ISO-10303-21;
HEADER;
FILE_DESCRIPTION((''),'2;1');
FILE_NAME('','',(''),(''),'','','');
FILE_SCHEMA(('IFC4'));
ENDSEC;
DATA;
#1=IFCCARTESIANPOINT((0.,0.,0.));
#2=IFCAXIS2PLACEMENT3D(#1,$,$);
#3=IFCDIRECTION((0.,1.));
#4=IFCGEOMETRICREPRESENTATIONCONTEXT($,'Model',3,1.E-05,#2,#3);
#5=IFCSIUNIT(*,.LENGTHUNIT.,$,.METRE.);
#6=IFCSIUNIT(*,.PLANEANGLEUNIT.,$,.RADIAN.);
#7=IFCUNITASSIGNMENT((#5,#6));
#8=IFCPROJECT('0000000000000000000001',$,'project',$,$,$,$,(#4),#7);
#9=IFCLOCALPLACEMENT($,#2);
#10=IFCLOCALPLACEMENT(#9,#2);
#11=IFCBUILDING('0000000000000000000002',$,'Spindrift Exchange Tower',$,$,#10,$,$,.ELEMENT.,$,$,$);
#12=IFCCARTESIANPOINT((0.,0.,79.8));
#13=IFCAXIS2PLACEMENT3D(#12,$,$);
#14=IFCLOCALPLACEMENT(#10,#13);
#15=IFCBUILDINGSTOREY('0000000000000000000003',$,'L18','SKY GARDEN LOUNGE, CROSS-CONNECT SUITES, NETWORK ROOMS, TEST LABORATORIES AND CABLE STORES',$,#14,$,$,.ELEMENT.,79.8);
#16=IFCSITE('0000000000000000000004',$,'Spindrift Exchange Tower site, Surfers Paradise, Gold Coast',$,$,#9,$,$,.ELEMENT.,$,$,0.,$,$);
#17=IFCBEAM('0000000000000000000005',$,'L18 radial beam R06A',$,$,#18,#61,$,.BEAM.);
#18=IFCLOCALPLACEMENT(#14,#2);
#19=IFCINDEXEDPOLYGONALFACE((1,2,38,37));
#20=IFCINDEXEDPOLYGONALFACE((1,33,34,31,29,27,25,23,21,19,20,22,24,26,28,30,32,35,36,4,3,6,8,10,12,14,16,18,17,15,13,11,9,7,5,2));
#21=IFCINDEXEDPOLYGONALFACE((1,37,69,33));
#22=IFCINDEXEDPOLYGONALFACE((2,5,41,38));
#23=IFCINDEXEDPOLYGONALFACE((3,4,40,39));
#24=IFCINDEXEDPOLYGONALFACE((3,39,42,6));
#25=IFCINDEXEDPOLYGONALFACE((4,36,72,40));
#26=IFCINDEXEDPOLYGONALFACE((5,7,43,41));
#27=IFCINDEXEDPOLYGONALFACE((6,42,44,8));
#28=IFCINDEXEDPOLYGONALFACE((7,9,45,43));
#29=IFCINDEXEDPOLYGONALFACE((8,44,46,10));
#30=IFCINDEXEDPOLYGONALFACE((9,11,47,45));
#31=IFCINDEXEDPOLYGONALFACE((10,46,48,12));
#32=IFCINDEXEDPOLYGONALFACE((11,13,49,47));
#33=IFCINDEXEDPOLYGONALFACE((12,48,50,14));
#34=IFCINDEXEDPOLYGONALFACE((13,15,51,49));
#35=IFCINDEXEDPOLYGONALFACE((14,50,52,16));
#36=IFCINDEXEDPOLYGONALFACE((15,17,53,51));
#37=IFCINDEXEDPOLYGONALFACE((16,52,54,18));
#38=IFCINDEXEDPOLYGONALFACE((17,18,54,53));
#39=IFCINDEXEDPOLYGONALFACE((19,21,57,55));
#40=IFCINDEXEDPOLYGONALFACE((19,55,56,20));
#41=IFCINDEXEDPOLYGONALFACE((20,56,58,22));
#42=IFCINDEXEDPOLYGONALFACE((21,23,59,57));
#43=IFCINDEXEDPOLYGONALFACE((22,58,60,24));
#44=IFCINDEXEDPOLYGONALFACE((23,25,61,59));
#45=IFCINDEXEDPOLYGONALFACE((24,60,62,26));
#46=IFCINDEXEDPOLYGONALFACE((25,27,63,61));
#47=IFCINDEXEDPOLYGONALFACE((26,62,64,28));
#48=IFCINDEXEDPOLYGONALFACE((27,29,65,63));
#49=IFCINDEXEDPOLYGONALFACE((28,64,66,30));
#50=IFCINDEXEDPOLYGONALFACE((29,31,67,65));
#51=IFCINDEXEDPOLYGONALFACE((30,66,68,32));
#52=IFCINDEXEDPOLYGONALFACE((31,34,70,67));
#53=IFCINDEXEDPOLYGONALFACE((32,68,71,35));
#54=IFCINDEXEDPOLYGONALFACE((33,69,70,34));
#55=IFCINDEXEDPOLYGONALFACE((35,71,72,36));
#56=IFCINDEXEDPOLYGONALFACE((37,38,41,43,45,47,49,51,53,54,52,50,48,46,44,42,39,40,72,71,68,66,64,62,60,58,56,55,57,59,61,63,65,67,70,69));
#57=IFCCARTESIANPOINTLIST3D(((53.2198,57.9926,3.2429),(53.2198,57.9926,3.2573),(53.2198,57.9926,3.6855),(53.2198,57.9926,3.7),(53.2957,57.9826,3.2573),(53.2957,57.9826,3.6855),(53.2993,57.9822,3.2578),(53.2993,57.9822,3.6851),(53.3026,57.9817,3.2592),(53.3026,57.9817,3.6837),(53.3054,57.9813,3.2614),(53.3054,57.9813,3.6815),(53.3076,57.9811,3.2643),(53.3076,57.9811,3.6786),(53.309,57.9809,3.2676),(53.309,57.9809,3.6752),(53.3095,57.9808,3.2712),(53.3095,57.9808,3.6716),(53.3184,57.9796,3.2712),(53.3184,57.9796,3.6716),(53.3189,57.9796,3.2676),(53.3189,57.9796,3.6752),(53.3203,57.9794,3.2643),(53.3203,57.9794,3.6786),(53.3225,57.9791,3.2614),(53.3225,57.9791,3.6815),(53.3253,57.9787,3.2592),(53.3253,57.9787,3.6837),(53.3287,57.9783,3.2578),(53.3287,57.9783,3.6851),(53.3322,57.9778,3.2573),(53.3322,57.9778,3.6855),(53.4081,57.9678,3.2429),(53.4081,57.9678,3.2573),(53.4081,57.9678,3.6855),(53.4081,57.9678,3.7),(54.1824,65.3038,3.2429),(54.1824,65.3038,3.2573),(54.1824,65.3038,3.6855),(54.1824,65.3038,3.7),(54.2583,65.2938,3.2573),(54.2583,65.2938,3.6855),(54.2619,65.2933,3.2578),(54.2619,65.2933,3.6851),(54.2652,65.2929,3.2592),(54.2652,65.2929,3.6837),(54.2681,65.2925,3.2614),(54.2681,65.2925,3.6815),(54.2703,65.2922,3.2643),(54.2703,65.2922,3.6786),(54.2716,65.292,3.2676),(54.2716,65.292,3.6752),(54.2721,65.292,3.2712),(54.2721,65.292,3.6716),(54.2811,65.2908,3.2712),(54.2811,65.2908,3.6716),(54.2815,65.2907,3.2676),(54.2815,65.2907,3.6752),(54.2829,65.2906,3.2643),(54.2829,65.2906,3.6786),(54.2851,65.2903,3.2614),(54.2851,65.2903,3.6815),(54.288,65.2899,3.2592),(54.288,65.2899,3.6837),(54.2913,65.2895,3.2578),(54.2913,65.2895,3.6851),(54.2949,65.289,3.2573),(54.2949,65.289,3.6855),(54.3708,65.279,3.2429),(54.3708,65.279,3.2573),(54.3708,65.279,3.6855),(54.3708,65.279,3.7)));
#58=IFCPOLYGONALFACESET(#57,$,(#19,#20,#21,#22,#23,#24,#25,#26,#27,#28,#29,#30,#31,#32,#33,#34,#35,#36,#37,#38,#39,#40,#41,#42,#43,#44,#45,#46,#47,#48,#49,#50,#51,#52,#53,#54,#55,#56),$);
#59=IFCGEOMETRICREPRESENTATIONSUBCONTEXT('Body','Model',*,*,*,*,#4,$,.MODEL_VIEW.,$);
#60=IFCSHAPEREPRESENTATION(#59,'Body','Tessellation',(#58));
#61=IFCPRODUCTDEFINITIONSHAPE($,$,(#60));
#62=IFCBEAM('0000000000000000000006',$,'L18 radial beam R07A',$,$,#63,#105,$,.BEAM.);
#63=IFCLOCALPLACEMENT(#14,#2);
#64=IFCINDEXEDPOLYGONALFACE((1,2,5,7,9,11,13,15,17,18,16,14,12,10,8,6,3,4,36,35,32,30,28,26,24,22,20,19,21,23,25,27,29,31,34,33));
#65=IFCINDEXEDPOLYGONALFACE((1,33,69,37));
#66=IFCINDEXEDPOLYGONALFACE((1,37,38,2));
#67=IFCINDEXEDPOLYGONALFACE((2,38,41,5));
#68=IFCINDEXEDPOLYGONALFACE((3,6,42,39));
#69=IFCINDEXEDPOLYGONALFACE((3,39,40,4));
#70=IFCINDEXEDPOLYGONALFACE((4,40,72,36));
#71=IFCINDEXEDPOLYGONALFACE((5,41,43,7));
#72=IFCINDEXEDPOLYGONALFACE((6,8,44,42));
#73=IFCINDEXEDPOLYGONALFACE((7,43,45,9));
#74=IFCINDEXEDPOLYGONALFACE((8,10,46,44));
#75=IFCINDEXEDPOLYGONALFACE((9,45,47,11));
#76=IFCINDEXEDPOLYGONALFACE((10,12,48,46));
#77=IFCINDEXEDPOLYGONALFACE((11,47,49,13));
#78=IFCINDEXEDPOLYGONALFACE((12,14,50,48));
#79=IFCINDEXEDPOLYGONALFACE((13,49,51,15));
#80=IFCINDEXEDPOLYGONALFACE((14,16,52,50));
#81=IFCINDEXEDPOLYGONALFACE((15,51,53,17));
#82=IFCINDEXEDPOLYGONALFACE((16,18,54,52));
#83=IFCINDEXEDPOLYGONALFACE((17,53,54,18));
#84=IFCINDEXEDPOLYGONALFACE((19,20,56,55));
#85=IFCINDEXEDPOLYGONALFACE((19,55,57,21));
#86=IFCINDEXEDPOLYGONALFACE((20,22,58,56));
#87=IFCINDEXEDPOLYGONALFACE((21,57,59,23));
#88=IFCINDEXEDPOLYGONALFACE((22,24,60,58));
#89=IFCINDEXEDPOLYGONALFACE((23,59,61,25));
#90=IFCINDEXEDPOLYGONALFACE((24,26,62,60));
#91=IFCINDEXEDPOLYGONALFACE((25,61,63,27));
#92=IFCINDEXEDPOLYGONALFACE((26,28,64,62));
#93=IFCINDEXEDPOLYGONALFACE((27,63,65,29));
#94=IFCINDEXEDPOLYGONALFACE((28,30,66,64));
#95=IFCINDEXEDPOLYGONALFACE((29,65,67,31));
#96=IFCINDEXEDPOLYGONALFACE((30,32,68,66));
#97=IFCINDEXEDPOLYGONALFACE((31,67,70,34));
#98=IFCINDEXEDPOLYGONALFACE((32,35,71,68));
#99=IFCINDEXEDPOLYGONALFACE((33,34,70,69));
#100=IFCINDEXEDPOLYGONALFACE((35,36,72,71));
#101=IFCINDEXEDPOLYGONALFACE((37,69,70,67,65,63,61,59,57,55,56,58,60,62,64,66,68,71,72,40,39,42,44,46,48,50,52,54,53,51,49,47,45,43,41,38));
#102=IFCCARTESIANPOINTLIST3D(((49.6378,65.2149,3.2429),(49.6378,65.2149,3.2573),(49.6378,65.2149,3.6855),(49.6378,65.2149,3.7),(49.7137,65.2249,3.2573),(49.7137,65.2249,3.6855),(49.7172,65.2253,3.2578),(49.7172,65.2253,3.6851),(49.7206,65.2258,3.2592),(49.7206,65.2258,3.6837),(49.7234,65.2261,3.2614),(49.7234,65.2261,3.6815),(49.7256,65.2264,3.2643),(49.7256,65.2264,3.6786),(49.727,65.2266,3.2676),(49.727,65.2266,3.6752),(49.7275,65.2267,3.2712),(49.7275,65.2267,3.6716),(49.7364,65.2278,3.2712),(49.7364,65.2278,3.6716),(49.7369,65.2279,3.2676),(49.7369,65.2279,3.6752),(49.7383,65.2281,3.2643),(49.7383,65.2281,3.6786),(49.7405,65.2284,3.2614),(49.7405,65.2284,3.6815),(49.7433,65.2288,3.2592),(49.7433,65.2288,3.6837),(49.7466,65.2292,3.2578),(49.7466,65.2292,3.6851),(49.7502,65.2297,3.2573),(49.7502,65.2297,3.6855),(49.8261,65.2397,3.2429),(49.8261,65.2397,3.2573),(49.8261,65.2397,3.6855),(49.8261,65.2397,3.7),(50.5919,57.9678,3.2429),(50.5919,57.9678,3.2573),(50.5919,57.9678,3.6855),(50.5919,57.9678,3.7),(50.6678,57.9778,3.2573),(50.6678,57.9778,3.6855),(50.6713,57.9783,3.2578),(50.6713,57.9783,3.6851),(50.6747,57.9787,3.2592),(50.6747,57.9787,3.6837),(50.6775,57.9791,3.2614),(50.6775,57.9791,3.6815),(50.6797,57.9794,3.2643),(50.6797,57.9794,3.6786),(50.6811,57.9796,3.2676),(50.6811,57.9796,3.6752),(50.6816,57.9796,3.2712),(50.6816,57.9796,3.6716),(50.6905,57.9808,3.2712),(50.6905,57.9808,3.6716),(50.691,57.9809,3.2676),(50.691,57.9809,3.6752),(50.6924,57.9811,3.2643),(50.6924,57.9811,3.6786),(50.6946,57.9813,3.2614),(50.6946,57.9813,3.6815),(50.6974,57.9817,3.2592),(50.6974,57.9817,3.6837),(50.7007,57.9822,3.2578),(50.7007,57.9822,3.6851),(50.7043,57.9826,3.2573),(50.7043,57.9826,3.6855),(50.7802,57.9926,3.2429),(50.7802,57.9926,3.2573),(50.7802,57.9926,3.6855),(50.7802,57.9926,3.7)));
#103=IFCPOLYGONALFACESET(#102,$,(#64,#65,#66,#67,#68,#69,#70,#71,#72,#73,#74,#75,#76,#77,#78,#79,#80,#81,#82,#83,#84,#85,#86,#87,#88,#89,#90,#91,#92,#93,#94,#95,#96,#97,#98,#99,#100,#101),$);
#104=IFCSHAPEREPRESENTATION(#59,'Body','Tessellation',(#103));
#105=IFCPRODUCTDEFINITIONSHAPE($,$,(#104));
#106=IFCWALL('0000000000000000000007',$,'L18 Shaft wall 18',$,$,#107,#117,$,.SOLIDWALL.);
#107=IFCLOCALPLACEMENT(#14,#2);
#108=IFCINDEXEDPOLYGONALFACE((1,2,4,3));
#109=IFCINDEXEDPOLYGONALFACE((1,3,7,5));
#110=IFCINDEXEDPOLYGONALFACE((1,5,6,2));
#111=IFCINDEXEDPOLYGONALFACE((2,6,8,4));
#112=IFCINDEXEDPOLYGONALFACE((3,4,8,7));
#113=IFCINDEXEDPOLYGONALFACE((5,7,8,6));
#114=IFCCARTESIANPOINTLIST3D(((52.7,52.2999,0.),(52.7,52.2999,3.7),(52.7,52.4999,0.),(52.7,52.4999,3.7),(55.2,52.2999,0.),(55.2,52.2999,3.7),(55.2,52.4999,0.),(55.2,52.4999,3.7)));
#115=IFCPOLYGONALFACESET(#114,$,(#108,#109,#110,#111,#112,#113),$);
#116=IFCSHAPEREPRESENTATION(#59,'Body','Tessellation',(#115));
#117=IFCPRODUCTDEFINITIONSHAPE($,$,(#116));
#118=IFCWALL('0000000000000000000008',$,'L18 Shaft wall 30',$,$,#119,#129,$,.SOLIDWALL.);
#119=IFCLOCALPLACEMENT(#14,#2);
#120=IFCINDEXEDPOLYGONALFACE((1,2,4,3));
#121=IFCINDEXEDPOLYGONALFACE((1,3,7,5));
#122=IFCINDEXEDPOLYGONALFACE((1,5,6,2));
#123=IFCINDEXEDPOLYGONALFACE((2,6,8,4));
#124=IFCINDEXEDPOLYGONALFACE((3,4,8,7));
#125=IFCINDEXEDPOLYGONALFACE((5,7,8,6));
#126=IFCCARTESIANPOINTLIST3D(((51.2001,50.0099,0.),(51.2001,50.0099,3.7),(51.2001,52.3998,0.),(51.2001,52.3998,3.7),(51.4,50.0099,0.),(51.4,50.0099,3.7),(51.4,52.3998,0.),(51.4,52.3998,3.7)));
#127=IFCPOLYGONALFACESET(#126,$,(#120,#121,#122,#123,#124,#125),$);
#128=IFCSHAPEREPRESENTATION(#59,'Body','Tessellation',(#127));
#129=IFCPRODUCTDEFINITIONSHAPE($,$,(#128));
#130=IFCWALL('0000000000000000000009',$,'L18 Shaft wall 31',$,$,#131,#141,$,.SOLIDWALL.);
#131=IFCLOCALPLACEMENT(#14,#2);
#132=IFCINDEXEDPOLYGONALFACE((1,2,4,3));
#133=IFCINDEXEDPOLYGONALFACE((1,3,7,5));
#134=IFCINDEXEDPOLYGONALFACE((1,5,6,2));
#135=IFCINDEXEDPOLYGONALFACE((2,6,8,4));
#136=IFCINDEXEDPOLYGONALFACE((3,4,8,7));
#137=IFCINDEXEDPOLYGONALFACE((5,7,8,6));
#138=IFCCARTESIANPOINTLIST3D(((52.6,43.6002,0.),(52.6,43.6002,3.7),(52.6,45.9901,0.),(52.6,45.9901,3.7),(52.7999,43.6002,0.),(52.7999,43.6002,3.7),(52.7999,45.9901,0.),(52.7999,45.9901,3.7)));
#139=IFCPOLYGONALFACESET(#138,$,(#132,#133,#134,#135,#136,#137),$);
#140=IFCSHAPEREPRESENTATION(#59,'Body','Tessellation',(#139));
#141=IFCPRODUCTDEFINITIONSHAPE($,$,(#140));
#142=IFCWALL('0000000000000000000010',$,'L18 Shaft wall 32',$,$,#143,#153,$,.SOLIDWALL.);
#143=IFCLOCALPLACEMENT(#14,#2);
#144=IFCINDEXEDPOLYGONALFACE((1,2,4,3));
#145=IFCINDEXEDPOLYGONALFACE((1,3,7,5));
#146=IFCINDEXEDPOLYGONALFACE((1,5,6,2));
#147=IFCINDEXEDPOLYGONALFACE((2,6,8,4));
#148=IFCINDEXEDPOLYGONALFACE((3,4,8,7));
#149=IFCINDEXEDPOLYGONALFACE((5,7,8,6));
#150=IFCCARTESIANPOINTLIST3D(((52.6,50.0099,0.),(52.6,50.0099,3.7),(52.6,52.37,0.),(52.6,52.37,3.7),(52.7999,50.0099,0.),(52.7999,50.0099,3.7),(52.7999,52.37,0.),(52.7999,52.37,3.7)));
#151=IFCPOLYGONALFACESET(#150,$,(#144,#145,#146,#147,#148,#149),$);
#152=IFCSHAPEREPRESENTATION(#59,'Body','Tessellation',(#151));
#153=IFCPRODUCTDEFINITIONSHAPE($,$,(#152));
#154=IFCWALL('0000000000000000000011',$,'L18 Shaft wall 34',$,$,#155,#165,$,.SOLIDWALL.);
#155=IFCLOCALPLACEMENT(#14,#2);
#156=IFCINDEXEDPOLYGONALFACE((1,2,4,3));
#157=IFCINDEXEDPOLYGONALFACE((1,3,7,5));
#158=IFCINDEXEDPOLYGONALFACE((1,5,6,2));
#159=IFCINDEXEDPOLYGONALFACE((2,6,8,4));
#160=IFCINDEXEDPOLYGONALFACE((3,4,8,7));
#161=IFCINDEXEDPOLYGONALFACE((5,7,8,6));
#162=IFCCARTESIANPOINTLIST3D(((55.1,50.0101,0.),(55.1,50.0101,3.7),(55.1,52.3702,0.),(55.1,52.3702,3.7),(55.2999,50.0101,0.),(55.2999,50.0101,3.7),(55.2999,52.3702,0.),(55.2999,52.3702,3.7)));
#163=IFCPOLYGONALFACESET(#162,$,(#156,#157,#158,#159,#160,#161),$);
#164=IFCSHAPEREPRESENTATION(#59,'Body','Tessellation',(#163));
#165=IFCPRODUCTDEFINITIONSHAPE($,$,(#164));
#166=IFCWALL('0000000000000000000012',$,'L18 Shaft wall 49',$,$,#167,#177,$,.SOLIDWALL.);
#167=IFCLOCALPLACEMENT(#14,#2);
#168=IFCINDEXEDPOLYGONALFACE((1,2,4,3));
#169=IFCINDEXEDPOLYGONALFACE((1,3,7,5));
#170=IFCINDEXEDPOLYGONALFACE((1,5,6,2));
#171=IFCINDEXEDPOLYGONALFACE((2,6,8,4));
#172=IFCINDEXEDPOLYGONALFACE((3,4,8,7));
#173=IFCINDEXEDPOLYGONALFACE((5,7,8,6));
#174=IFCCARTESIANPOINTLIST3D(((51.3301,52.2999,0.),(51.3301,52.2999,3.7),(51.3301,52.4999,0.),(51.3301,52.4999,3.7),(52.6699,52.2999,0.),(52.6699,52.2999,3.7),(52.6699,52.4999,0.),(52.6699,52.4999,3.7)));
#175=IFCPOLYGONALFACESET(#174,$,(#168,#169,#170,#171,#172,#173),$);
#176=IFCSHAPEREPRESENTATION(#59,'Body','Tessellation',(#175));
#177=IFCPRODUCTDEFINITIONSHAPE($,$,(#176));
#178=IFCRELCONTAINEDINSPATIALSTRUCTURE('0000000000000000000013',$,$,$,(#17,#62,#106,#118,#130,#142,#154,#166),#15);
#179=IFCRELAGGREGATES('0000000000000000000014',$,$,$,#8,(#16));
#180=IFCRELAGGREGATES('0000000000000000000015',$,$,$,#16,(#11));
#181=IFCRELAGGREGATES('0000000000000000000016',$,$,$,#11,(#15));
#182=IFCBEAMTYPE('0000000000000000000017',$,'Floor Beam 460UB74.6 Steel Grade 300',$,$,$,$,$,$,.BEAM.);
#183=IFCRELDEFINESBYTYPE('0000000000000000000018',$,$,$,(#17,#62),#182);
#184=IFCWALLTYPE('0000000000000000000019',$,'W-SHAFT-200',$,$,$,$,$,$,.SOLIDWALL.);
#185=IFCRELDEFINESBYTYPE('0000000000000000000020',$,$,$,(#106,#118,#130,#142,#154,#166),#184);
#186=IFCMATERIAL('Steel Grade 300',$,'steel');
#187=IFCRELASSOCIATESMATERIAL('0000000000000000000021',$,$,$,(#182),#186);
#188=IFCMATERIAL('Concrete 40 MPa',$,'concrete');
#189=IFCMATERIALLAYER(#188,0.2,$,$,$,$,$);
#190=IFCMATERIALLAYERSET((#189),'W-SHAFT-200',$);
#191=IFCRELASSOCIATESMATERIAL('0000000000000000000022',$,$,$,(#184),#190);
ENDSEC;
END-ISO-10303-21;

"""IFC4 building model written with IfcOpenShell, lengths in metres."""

from ifc_helpers import new_model, si_unit, direction, frame, frame_2d, origin, origin_2d, place, context, subcontext, project, spatial, rectangle, i_section, extrude, source, transform, mapped, material, layer, layer_set, material_profile, profile_set, type_object, element, save


model = new_model("IFC4")

# Units and contexts
model_context = context("Model", 3, precision=1e-05, world=origin(), true_north=direction((0.0, 1.0)))
body_context = subcontext(model_context, "Body", "Model", "MODEL_VIEW")
ifc_project = project(units=[si_unit("LENGTHUNIT", "METRE"), si_unit("PLANEANGLEUNIT", "RADIAN")], contexts=[model_context])

# Site, building, storey
site_placement = place(None, origin())
site = spatial("IfcSite", under=ifc_project, at=site_placement, Name="Spindrift Exchange Tower site, Surfers Paradise, Gold Coast", CompositionType="ELEMENT", RefElevation=0.0)
building_placement = place(site_placement, origin())
building = spatial("IfcBuilding", under=site, at=building_placement, Name="Spindrift Exchange Tower", CompositionType="ELEMENT")
storey_placement = place(building_placement, frame((0.0, 0.0, 79.8)))
storey = spatial("IfcBuildingStorey", under=building, at=storey_placement, Name="L18", Description="SKY GARDEN LOUNGE, CROSS-CONNECT SUITES, NETWORK ROOMS, TEST LABORATORIES AND CABLE STORES", CompositionType="ELEMENT", Elevation=79.8)

# Beams
ifc_material_1 = material(Name="Steel Grade 300", Category="steel")
ifc_material_profile = material_profile(ifc_material_1, i_section(OverallWidth=0.1899, OverallDepth=0.457, WebThickness=0.009, FlangeThickness=0.0144, FilletRadius=0.0139, at=origin_2d()), Name="460UB74.6")
ifc_profile_set = profile_set([ifc_material_profile], Name="Steel Grade 300")
beam_type = type_object("IfcBeamType", Name="Floor Beam 460UB74.6 Steel Grade 300", PredefinedType="BEAM", material=ifc_profile_set)
shared_shape_1 = source(origin(), body_context, "Body", "SweptSolid", [
    extrude(i_section(OverallWidth=0.1899, OverallDepth=0.457, WebThickness=0.009, FlangeThickness=0.0144, FilletRadius=0.0139, at=origin_2d()), origin(), (0.0, 0.0, 1.0), 7.3743),
])
beam_1_placement = place(storey_placement, frame((53.314, 57.9802, 3.4714), z_axis=(0.130539, 0.991443, 0.0), x_axis=(-0.991443, 0.130539, 0.0)))
element("IfcBeam", 1, at=beam_1_placement, inside=storey, type_object=beam_type, Name="L18 radial beam R06A", PredefinedType="BEAM", context=body_context, shape_type="MappedRepresentation", body=[
    mapped(shared_shape_1, transform((0.0, 0.0, 0.0), scale=1.0)),
])
shared_shape_2 = source(origin(), body_context, "Body", "SweptSolid", [
    extrude(i_section(OverallWidth=0.1899, OverallDepth=0.457, WebThickness=0.009, FlangeThickness=0.0144, FilletRadius=0.0139, at=origin_2d()), origin(), (0.0, 0.0, 1.0), 7.3096),
])
beam_2_placement = place(storey_placement, frame((50.686, 57.9802, 3.4714), z_axis=(-0.130527, 0.991445, 0.0), x_axis=(-0.991445, -0.130527, 0.0)))
element("IfcBeam", 2, at=beam_2_placement, inside=storey, type_object=beam_type, Name="L18 radial beam R07A", PredefinedType="BEAM", context=body_context, shape_type="MappedRepresentation", body=[
    mapped(shared_shape_2, transform((0.0, 0.0, 0.0), scale=1.0)),
])

# Walls
ifc_material_2 = material(Name="Concrete 40 MPa", Category="concrete")
ifc_layer_1 = layer(ifc_material_2, 0.2)
ifc_layer_set_1 = layer_set([ifc_layer_1], Name="W-SHAFT-200")
wall_type_1 = type_object("IfcWallType", Name="W-SHAFT-200", PredefinedType="SOLIDWALL", material=ifc_layer_set_1)
wall_1_placement = place(storey_placement, frame((55.2, 52.3999, 0.0), z_axis=(0.0, 0.0, 1.0), x_axis=(-1.0, 0.0, 0.0)))
element("IfcWall", 3, at=wall_1_placement, inside=storey, type_object=wall_type_1, Name="L18 Shaft wall 18", PredefinedType="SOLIDWALL", context=body_context, shape_type="SweptSolid", body=[
    extrude(rectangle(XDim=2.5, YDim=0.2, at=frame_2d((1.25, 0.0))), origin(), (0.0, 0.0, 1.0), 3.7),
])
for number, where, z_axis, x_axis, name in (
    (4, (51.3, 50.01, 0.0), (0.0, 0.0, 1.0), (0.0, 1.0, 0.0), "L18 Shaft wall 30"),
    (5, (52.7, 45.99, 0.0), (0.0, 0.0, 1.0), (0.0, -1.0, 0.0), "L18 Shaft wall 31"),
):
    element("IfcWall", number, at=place(storey_placement, frame(where, z_axis=z_axis, x_axis=x_axis)), inside=storey, type_object=wall_type_1, Name=name, PredefinedType="SOLIDWALL", context=body_context, shape_type="SweptSolid", body=[
        extrude(rectangle(XDim=2.3899, YDim=0.2, at=frame_2d((1.1948, 0.0))), origin(), (0.0, 0.0, 1.0), 3.7),
    ])
for number, where, z_axis, x_axis, name in (
    (6, (52.7, 52.3701, 0.0), (0.0, 0.0, 1.0), (0.0, -1.0, 0.0), "L18 Shaft wall 32"),
    (7, (55.2, 50.01, 0.0), (0.0, 0.0, 1.0), (0.0, 1.0, 0.0), "L18 Shaft wall 34"),
):
    element("IfcWall", number, at=place(storey_placement, frame(where, z_axis=z_axis, x_axis=x_axis)), inside=storey, type_object=wall_type_1, Name=name, PredefinedType="SOLIDWALL", context=body_context, shape_type="SweptSolid", body=[
        extrude(rectangle(XDim=2.3601, YDim=0.2, at=frame_2d((1.1802, 0.0))), origin(), (0.0, 0.0, 1.0), 3.7),
    ])
wall_2_placement = place(storey_placement, frame((51.3301, 52.3999, 0.0), z_axis=(0.0, 0.0, 1.0), x_axis=(1.0, 0.0, 0.0)))
element("IfcWall", 8, at=wall_2_placement, inside=storey, type_object=wall_type_1, Name="L18 Shaft wall 49", PredefinedType="SOLIDWALL", context=body_context, shape_type="SweptSolid", body=[
    extrude(rectangle(XDim=1.3398, YDim=0.2, at=frame_2d((0.6699, 0.0))), origin(), (0.0, 0.0, 1.0), 3.7),
])

save(model, "model.ifc")
